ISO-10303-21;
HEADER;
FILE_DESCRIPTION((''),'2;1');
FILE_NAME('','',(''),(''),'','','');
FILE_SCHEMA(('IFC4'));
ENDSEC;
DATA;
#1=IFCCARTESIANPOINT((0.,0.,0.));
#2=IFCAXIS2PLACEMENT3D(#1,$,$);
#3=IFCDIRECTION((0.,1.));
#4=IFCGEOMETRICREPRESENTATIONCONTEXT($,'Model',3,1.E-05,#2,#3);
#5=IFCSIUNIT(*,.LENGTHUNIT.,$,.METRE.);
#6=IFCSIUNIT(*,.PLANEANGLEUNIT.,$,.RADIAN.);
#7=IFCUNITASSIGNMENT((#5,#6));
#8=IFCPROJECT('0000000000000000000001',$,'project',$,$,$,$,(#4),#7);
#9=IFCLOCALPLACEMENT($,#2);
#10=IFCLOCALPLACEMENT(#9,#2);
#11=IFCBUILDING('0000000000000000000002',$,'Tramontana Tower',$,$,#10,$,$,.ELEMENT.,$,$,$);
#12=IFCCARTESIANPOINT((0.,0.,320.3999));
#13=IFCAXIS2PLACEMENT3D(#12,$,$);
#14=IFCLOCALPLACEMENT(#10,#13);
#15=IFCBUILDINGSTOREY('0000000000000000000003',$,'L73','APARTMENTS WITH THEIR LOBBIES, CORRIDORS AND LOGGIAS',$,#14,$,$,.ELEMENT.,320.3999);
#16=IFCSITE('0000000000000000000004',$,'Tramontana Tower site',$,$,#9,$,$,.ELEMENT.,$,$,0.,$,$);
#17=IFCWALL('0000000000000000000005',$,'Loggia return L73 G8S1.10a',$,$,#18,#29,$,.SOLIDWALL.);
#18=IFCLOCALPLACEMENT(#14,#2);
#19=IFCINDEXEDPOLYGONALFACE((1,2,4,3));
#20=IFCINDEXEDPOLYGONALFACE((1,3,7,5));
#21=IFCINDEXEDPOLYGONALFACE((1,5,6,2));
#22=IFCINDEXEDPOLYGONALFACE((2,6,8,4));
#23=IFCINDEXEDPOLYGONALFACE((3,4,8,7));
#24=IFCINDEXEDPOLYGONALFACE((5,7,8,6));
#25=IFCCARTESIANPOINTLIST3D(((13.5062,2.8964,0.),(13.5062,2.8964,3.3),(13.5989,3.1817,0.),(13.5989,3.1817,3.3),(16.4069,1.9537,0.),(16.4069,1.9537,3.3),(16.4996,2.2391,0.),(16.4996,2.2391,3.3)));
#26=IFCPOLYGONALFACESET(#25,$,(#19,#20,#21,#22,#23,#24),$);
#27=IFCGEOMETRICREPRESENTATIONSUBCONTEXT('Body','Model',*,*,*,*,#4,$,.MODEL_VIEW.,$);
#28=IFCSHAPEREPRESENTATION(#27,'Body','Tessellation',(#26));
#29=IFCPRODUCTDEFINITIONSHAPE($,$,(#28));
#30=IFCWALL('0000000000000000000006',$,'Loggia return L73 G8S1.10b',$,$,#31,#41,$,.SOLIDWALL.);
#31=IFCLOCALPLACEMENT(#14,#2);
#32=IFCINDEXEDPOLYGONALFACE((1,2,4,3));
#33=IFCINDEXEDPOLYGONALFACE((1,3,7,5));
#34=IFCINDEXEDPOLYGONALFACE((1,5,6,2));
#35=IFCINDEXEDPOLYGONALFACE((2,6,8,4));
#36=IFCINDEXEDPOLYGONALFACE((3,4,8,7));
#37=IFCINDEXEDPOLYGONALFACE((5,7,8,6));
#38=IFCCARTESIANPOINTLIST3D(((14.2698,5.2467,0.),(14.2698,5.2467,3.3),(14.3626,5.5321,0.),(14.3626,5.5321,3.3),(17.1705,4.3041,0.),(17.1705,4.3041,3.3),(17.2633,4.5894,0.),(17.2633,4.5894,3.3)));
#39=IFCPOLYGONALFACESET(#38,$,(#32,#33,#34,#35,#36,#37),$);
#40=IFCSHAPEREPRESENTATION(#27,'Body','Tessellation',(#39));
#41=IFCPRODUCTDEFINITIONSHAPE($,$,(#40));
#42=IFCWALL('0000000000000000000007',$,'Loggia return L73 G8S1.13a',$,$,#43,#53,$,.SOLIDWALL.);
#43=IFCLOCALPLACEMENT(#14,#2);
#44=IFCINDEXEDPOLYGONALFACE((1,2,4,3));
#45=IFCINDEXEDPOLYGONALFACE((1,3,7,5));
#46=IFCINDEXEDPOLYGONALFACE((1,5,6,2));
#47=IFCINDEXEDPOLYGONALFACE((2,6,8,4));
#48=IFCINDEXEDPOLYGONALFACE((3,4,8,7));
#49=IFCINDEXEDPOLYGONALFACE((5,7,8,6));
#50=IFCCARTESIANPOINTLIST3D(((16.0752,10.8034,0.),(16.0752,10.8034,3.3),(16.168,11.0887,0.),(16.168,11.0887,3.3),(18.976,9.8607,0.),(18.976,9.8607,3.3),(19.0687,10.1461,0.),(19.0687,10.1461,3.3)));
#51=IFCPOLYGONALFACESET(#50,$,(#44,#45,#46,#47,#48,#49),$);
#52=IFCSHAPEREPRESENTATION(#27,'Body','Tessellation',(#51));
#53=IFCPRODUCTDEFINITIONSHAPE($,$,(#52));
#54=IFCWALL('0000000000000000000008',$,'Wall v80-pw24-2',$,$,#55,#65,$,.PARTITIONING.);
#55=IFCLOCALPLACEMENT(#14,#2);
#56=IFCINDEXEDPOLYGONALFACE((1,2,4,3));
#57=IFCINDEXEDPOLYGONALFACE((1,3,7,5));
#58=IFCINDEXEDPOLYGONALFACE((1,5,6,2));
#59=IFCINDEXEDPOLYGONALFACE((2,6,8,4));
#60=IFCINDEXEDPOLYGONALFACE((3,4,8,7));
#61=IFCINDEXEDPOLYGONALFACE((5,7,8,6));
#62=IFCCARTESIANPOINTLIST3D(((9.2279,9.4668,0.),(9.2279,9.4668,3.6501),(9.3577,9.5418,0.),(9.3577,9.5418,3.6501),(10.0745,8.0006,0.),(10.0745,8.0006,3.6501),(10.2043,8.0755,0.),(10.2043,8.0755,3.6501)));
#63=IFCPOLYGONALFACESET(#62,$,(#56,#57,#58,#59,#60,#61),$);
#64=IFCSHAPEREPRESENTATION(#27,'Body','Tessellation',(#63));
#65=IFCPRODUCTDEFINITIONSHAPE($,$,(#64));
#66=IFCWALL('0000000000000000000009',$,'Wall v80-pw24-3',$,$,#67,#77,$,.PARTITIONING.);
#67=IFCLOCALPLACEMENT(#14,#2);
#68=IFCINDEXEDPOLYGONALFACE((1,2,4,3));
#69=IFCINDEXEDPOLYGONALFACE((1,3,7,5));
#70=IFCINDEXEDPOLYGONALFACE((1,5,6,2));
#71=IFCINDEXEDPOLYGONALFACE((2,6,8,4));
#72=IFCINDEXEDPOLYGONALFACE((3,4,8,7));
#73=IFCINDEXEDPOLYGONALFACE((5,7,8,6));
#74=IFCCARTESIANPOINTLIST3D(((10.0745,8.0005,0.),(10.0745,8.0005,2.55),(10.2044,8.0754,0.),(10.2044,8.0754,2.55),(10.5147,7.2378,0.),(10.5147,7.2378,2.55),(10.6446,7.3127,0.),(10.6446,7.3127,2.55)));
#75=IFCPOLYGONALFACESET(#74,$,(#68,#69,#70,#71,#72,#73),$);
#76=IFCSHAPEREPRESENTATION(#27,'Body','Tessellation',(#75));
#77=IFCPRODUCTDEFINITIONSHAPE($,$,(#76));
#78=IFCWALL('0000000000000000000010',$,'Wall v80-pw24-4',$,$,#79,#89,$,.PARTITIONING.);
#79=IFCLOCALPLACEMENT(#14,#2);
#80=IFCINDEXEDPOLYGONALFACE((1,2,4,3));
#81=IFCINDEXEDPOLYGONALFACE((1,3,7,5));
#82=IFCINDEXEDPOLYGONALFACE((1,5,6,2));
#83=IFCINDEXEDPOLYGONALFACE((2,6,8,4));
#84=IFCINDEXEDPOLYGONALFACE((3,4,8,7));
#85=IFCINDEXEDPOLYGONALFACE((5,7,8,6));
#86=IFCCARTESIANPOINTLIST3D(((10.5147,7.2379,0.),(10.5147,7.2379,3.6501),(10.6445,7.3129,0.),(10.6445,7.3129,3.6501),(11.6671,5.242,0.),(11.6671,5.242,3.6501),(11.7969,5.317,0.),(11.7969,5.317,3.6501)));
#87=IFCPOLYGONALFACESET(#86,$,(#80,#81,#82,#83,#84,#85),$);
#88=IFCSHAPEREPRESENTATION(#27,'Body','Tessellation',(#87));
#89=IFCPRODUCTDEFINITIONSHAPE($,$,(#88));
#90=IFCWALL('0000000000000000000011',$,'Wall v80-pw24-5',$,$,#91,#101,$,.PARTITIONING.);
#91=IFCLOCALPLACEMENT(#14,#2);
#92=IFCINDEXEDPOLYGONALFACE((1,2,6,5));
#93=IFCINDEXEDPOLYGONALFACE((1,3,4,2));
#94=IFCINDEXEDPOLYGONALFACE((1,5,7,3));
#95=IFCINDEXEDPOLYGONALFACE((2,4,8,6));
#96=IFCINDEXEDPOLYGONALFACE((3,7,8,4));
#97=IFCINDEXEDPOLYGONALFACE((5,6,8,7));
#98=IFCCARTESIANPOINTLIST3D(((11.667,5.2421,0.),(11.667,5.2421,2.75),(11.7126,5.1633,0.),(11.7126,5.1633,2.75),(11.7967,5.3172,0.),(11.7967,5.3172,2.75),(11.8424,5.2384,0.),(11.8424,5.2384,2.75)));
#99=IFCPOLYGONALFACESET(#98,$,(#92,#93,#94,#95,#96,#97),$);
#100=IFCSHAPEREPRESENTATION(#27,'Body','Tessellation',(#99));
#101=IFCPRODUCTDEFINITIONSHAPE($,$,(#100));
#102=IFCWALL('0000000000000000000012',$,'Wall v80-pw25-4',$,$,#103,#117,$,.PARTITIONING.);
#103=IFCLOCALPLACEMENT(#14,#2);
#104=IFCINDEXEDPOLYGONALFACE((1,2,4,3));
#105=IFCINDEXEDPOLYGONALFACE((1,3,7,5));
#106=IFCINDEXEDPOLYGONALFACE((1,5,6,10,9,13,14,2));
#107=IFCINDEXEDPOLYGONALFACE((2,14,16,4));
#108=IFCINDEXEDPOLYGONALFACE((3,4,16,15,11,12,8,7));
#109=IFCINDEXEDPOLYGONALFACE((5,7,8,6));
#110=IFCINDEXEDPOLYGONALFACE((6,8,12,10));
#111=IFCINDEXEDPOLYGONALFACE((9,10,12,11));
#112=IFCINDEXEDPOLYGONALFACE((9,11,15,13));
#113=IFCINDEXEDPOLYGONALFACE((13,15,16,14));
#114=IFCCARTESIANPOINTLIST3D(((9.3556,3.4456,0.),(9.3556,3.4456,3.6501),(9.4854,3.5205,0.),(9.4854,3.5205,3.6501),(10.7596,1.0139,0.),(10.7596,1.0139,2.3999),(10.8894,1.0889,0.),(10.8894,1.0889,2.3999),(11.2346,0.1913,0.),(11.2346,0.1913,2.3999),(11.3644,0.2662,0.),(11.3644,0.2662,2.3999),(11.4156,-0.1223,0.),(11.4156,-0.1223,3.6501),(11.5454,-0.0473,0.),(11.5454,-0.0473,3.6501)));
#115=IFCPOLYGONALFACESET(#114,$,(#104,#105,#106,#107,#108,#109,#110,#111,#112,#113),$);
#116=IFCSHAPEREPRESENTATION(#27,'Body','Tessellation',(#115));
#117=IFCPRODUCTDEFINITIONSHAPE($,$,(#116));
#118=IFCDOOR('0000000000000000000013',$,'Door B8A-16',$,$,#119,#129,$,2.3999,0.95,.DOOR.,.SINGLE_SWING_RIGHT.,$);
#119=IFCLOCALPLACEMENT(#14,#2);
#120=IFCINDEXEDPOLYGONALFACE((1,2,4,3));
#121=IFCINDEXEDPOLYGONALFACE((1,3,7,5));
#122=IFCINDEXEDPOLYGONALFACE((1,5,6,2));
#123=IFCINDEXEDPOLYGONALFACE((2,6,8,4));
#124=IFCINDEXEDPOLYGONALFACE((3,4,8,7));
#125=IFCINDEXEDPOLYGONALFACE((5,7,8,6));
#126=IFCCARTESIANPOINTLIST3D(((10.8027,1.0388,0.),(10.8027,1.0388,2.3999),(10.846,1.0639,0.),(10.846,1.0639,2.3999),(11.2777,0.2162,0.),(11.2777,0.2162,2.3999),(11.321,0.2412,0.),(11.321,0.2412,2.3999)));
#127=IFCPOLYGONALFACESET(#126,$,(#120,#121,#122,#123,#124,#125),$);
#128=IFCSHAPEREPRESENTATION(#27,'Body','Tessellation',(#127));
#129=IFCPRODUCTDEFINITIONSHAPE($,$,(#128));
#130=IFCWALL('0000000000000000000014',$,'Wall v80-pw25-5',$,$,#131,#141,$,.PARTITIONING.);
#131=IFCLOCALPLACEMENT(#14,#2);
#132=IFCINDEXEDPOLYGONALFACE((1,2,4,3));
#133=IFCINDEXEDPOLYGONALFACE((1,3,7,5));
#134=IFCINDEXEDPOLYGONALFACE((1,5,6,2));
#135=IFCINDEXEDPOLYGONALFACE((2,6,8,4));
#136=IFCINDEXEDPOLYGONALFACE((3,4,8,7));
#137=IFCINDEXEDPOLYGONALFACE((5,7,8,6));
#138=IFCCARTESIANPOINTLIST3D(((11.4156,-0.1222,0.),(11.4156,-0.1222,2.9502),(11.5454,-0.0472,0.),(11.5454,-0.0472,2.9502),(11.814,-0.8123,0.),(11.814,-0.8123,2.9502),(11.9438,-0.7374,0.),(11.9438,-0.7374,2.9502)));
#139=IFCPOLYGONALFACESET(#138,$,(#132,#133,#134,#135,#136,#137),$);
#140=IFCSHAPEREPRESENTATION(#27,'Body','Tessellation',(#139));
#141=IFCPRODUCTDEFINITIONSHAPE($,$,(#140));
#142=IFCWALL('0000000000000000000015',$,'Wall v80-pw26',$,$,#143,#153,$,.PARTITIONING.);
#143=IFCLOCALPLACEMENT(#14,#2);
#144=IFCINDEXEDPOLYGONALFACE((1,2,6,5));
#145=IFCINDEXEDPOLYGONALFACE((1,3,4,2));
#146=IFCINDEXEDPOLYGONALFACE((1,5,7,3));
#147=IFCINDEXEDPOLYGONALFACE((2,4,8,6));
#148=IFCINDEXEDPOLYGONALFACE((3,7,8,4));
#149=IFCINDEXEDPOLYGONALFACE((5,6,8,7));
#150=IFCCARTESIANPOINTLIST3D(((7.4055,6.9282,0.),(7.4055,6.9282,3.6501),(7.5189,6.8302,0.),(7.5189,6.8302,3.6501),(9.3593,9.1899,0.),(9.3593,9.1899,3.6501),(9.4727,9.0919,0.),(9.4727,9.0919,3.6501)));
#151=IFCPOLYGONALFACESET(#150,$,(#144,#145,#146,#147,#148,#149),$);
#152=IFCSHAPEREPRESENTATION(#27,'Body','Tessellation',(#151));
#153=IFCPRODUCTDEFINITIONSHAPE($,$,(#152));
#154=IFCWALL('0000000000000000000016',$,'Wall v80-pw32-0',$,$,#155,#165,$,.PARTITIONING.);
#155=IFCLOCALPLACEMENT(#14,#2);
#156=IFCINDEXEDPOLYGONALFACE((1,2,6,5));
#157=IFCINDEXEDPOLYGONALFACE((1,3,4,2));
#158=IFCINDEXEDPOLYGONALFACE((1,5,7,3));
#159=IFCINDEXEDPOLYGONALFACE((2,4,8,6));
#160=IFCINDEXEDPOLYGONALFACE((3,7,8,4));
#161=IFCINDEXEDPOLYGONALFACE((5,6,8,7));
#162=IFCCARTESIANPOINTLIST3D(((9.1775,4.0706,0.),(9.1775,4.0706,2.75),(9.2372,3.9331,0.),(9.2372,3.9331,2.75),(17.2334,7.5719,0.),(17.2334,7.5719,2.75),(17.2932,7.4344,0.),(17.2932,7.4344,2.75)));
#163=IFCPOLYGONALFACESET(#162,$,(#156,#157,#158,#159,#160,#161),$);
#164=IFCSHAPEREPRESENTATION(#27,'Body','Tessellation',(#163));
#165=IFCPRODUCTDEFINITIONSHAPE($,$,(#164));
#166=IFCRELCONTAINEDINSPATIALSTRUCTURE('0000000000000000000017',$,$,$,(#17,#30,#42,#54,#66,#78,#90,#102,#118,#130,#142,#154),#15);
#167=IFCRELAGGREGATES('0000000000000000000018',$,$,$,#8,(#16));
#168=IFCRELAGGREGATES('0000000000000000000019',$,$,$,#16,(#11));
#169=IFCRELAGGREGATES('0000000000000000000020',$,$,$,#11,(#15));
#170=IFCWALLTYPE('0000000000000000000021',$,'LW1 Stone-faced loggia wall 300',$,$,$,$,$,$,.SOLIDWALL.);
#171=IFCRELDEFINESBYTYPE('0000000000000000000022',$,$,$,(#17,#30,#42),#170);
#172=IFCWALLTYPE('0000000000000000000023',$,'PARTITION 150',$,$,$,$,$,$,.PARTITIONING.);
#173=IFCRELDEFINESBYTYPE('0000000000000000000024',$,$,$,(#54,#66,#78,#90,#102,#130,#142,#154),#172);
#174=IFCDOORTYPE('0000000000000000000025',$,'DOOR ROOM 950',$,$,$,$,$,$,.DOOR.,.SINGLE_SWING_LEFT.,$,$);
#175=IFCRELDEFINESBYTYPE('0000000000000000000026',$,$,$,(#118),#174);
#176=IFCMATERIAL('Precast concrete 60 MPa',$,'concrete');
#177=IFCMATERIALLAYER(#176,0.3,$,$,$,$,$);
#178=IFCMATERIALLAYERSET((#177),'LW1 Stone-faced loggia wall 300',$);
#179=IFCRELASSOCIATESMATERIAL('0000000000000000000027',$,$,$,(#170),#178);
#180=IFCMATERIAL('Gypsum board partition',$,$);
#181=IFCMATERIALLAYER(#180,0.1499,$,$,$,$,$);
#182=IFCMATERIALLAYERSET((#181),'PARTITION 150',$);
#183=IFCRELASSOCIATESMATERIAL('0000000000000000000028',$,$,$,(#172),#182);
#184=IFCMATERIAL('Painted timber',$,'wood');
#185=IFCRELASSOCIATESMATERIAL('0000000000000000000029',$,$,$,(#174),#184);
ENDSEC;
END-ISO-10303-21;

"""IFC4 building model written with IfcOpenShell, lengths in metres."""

from ifc_helpers import new_model, si_unit, direction, frame, frame_2d, origin, place, context, subcontext, project, spatial, rectangle, extrude, material, layer, layer_set, type_object, element, fill, save


model = new_model("IFC4")

# Units and contexts
model_context = context("Model", 3, precision=1e-05, world=origin(), true_north=direction((0.0, 1.0)))
body_context = subcontext(model_context, "Body", "Model", "MODEL_VIEW")
ifc_project = project(units=[si_unit("LENGTHUNIT", "METRE"), si_unit("PLANEANGLEUNIT", "RADIAN")], contexts=[model_context])

# Site, building, storey
site_placement = place(None, origin())
site = spatial("IfcSite", under=ifc_project, at=site_placement, Name="Tramontana Tower site", CompositionType="ELEMENT", RefElevation=0.0)
building_placement = place(site_placement, origin())
building = spatial("IfcBuilding", under=site, at=building_placement, Name="Tramontana Tower", CompositionType="ELEMENT")
storey_placement = place(building_placement, frame((0.0, 0.0, 320.3999)))
storey = spatial("IfcBuildingStorey", under=building, at=storey_placement, Name="L73", Description="APARTMENTS WITH THEIR LOBBIES, CORRIDORS AND LOGGIAS", CompositionType="ELEMENT", Elevation=320.3999)

# Shared definitions
ifc_material_1 = material(Name="Precast concrete 60 MPa", Category="concrete")
ifc_layer_1 = layer(ifc_material_1, 0.3)
ifc_layer_set_1 = layer_set([ifc_layer_1], Name="LW1 Stone-faced loggia wall 300")
wall_type_1 = type_object("IfcWallType", Name="LW1 Stone-faced loggia wall 300", PredefinedType="SOLIDWALL", material=ifc_layer_set_1)

# Walls
for number, where, z_axis, x_axis, name in (
    (1, (16.4531, 2.0964, 0.0), (0.0, 0.0, 1.0), (-0.951042, 0.309063, 0.0), "Loggia return L73 G8S1.10a"),
    (2, (17.2168, 4.4468, 0.0), (0.0, 0.0, 1.0), (-0.951042, 0.309063, 0.0), "Loggia return L73 G8S1.10b"),
    (3, (19.0222, 10.0034, 0.0), (0.0, 0.0, 1.0), (-0.951042, 0.309063, 0.0), "Loggia return L73 G8S1.13a"),
):
    element("IfcWall", number, at=place(storey_placement, frame(where, z_axis=z_axis, x_axis=x_axis)), inside=storey, type_object=wall_type_1, Name=name, PredefinedType="SOLIDWALL", context=body_context, shape_type="SweptSolid", body=[
        extrude(rectangle(XDim=3.05, YDim=0.3, at=frame_2d((1.5249, 0.0))), origin(), (0.0, 0.0, 1.0), 3.3),
    ])
ifc_material_2 = material(Name="Gypsum board partition")
ifc_layer_2 = layer(ifc_material_2, 0.1499)
ifc_layer_set_2 = layer_set([ifc_layer_2], Name="PARTITION 150")
wall_type_2 = type_object("IfcWallType", Name="PARTITION 150", PredefinedType="PARTITIONING", material=ifc_layer_set_2)
wall_1_placement = place(storey_placement, frame((9.2927, 9.5044, 0.0), z_axis=(0.0, 0.0, 1.0), x_axis=(0.500047, -0.865998, 0.0)))
element("IfcWall", 4, at=wall_1_placement, inside=storey, type_object=wall_type_2, Name="Wall v80-pw24-2", PredefinedType="PARTITIONING", context=body_context, shape_type="SweptSolid", body=[
    extrude(rectangle(XDim=1.6931, YDim=0.1499, at=frame_2d((0.8467, 0.0))), origin(), (0.0, 0.0, 1.0), 3.6501),
])
wall_2_placement = place(storey_placement, frame((10.1394, 8.0381, 0.0), z_axis=(0.0, 0.0, 1.0), x_axis=(0.499866, -0.866102, 0.0)))
element("IfcWall", 5, at=wall_2_placement, inside=storey, type_object=wall_type_2, Name="Wall v80-pw24-3", PredefinedType="PARTITIONING", context=body_context, shape_type="SweptSolid", body=[
    extrude(rectangle(XDim=0.8806, YDim=0.1499, at=frame_2d((0.4404, 0.0))), origin(), (0.0, 0.0, 1.0), 2.55),
])
wall_3_placement = place(storey_placement, frame((10.5796, 7.2754, 0.0), z_axis=(0.0, 0.0, 1.0), x_axis=(0.500013, -0.866018, 0.0)))
element("IfcWall", 6, at=wall_3_placement, inside=storey, type_object=wall_type_2, Name="Wall v80-pw24-4", PredefinedType="PARTITIONING", context=body_context, shape_type="SweptSolid", body=[
    extrude(rectangle(XDim=2.3047, YDim=0.1499, at=frame_2d((1.1523, 0.0))), origin(), (0.0, 0.0, 1.0), 3.6501),
])
wall_4_placement = place(storey_placement, frame((11.7319, 5.2795, 0.0), z_axis=(0.0, 0.0, 1.0), x_axis=(0.501036, -0.865426, 0.0)))
element("IfcWall", 7, at=wall_4_placement, inside=storey, type_object=wall_type_2, Name="Wall v80-pw24-5", PredefinedType="PARTITIONING", context=body_context, shape_type="SweptSolid", body=[
    extrude(rectangle(XDim=0.0911, YDim=0.1499, at=frame_2d((0.0454, 0.0))), origin(), (0.0, 0.0, 1.0), 2.75),
])

# Wall, opening, door
wall_5_placement = place(storey_placement, frame((9.4204, 3.4832, 0.0), z_axis=(0.0, 0.0, 1.0), x_axis=(0.500027, -0.86601, 0.0)))
wall_5 = element("IfcWall", 8, at=wall_5_placement, inside=storey, type_object=wall_type_2, Name="Wall v80-pw25-4", PredefinedType="PARTITIONING", context=body_context, shape_type="SweptSolid", body=[
    extrude(rectangle(XDim=4.1199, YDim=0.1499, at=frame_2d((2.0601, 0.0))), origin(), (0.0, 0.0, 1.0), 3.6501),
])
opening_1_placement = place(wall_5_placement, frame((2.8079, 0.0, 0.0)))
opening_1 = element("IfcOpeningElement", 9, at=opening_1_placement, cuts=wall_5, PredefinedType="OPENING", context=body_context, shape_type="SweptSolid", body=[
    extrude(rectangle(XDim=0.95, YDim=2.3999, at=frame_2d((0.4751, 1.2))), frame((0.0, 0.085, 0.0), z_axis=(0.0, -1.0, 0.0), x_axis=(1.0, 0.0, 0.0)), (0.0, 0.0, 1.0), 0.1699),
])
ifc_material_3 = material(Name="Painted timber", Category="wood")
door_type_1 = type_object("IfcDoorType", Name="DOOR ROOM 950", OperationType="SINGLE_SWING_LEFT", PredefinedType="DOOR", material=ifc_material_3)
door_1_placement = place(opening_1_placement, origin())
door_1 = element("IfcDoor", 10, at=door_1_placement, inside=storey, type_object=door_type_1, Name="Door B8A-16", OperationType="SINGLE_SWING_RIGHT", OverallHeight=2.3999, OverallWidth=0.95, PredefinedType="DOOR", context=body_context, shape_type="SweptSolid", body=[
    extrude(rectangle(XDim=0.95, YDim=2.3999, at=frame_2d((0.4751, 1.2))), frame((0.0, 0.0249, 0.0), z_axis=(0.0, -1.0, 0.0), x_axis=(1.0, 0.0, 0.0)), (0.0, 0.0, 1.0), 0.05),
])
fill(opening_1, door_1)

# Walls
wall_6_placement = place(storey_placement, frame((11.4805, -0.0847, 0.0), z_axis=(0.0, 0.0, 1.0), x_axis=(0.499961, -0.866048, 0.0)))
element("IfcWall", 11, at=wall_6_placement, inside=storey, type_object=wall_type_2, Name="Wall v80-pw25-5", PredefinedType="PARTITIONING", context=body_context, shape_type="SweptSolid", body=[
    extrude(rectangle(XDim=0.7969, YDim=0.1499, at=frame_2d((0.3984, 0.0))), origin(), (0.0, 0.0, 1.0), 2.9502),
])
wall_7_placement = place(storey_placement, frame((9.416, 9.1409, 0.0), z_axis=(0.0, 0.0, 1.0), x_axis=(-0.653726, -0.756731, 0.0)))
element("IfcWall", 12, at=wall_7_placement, inside=storey, type_object=wall_type_2, Name="Wall v80-pw26", PredefinedType="PARTITIONING", context=body_context, shape_type="SweptSolid", body=[
    extrude(rectangle(XDim=2.9888, YDim=0.1499, at=frame_2d((1.4944, 0.0))), origin(), (0.0, 0.0, 1.0), 3.6501),
])
wall_8_placement = place(storey_placement, frame((17.2634, 7.5032, 0.0), z_axis=(0.0, 0.0, 1.0), x_axis=(-0.917126, -0.398597, 0.0)))
element("IfcWall", 13, at=wall_8_placement, inside=storey, type_object=wall_type_2, Name="Wall v80-pw32-0", PredefinedType="PARTITIONING", context=body_context, shape_type="SweptSolid", body=[
    extrude(rectangle(XDim=8.7839, YDim=0.1499, at=frame_2d((4.3921, 0.0))), origin(), (0.0, 0.0, 1.0), 2.75),
])

save(model, "model.ifc")
